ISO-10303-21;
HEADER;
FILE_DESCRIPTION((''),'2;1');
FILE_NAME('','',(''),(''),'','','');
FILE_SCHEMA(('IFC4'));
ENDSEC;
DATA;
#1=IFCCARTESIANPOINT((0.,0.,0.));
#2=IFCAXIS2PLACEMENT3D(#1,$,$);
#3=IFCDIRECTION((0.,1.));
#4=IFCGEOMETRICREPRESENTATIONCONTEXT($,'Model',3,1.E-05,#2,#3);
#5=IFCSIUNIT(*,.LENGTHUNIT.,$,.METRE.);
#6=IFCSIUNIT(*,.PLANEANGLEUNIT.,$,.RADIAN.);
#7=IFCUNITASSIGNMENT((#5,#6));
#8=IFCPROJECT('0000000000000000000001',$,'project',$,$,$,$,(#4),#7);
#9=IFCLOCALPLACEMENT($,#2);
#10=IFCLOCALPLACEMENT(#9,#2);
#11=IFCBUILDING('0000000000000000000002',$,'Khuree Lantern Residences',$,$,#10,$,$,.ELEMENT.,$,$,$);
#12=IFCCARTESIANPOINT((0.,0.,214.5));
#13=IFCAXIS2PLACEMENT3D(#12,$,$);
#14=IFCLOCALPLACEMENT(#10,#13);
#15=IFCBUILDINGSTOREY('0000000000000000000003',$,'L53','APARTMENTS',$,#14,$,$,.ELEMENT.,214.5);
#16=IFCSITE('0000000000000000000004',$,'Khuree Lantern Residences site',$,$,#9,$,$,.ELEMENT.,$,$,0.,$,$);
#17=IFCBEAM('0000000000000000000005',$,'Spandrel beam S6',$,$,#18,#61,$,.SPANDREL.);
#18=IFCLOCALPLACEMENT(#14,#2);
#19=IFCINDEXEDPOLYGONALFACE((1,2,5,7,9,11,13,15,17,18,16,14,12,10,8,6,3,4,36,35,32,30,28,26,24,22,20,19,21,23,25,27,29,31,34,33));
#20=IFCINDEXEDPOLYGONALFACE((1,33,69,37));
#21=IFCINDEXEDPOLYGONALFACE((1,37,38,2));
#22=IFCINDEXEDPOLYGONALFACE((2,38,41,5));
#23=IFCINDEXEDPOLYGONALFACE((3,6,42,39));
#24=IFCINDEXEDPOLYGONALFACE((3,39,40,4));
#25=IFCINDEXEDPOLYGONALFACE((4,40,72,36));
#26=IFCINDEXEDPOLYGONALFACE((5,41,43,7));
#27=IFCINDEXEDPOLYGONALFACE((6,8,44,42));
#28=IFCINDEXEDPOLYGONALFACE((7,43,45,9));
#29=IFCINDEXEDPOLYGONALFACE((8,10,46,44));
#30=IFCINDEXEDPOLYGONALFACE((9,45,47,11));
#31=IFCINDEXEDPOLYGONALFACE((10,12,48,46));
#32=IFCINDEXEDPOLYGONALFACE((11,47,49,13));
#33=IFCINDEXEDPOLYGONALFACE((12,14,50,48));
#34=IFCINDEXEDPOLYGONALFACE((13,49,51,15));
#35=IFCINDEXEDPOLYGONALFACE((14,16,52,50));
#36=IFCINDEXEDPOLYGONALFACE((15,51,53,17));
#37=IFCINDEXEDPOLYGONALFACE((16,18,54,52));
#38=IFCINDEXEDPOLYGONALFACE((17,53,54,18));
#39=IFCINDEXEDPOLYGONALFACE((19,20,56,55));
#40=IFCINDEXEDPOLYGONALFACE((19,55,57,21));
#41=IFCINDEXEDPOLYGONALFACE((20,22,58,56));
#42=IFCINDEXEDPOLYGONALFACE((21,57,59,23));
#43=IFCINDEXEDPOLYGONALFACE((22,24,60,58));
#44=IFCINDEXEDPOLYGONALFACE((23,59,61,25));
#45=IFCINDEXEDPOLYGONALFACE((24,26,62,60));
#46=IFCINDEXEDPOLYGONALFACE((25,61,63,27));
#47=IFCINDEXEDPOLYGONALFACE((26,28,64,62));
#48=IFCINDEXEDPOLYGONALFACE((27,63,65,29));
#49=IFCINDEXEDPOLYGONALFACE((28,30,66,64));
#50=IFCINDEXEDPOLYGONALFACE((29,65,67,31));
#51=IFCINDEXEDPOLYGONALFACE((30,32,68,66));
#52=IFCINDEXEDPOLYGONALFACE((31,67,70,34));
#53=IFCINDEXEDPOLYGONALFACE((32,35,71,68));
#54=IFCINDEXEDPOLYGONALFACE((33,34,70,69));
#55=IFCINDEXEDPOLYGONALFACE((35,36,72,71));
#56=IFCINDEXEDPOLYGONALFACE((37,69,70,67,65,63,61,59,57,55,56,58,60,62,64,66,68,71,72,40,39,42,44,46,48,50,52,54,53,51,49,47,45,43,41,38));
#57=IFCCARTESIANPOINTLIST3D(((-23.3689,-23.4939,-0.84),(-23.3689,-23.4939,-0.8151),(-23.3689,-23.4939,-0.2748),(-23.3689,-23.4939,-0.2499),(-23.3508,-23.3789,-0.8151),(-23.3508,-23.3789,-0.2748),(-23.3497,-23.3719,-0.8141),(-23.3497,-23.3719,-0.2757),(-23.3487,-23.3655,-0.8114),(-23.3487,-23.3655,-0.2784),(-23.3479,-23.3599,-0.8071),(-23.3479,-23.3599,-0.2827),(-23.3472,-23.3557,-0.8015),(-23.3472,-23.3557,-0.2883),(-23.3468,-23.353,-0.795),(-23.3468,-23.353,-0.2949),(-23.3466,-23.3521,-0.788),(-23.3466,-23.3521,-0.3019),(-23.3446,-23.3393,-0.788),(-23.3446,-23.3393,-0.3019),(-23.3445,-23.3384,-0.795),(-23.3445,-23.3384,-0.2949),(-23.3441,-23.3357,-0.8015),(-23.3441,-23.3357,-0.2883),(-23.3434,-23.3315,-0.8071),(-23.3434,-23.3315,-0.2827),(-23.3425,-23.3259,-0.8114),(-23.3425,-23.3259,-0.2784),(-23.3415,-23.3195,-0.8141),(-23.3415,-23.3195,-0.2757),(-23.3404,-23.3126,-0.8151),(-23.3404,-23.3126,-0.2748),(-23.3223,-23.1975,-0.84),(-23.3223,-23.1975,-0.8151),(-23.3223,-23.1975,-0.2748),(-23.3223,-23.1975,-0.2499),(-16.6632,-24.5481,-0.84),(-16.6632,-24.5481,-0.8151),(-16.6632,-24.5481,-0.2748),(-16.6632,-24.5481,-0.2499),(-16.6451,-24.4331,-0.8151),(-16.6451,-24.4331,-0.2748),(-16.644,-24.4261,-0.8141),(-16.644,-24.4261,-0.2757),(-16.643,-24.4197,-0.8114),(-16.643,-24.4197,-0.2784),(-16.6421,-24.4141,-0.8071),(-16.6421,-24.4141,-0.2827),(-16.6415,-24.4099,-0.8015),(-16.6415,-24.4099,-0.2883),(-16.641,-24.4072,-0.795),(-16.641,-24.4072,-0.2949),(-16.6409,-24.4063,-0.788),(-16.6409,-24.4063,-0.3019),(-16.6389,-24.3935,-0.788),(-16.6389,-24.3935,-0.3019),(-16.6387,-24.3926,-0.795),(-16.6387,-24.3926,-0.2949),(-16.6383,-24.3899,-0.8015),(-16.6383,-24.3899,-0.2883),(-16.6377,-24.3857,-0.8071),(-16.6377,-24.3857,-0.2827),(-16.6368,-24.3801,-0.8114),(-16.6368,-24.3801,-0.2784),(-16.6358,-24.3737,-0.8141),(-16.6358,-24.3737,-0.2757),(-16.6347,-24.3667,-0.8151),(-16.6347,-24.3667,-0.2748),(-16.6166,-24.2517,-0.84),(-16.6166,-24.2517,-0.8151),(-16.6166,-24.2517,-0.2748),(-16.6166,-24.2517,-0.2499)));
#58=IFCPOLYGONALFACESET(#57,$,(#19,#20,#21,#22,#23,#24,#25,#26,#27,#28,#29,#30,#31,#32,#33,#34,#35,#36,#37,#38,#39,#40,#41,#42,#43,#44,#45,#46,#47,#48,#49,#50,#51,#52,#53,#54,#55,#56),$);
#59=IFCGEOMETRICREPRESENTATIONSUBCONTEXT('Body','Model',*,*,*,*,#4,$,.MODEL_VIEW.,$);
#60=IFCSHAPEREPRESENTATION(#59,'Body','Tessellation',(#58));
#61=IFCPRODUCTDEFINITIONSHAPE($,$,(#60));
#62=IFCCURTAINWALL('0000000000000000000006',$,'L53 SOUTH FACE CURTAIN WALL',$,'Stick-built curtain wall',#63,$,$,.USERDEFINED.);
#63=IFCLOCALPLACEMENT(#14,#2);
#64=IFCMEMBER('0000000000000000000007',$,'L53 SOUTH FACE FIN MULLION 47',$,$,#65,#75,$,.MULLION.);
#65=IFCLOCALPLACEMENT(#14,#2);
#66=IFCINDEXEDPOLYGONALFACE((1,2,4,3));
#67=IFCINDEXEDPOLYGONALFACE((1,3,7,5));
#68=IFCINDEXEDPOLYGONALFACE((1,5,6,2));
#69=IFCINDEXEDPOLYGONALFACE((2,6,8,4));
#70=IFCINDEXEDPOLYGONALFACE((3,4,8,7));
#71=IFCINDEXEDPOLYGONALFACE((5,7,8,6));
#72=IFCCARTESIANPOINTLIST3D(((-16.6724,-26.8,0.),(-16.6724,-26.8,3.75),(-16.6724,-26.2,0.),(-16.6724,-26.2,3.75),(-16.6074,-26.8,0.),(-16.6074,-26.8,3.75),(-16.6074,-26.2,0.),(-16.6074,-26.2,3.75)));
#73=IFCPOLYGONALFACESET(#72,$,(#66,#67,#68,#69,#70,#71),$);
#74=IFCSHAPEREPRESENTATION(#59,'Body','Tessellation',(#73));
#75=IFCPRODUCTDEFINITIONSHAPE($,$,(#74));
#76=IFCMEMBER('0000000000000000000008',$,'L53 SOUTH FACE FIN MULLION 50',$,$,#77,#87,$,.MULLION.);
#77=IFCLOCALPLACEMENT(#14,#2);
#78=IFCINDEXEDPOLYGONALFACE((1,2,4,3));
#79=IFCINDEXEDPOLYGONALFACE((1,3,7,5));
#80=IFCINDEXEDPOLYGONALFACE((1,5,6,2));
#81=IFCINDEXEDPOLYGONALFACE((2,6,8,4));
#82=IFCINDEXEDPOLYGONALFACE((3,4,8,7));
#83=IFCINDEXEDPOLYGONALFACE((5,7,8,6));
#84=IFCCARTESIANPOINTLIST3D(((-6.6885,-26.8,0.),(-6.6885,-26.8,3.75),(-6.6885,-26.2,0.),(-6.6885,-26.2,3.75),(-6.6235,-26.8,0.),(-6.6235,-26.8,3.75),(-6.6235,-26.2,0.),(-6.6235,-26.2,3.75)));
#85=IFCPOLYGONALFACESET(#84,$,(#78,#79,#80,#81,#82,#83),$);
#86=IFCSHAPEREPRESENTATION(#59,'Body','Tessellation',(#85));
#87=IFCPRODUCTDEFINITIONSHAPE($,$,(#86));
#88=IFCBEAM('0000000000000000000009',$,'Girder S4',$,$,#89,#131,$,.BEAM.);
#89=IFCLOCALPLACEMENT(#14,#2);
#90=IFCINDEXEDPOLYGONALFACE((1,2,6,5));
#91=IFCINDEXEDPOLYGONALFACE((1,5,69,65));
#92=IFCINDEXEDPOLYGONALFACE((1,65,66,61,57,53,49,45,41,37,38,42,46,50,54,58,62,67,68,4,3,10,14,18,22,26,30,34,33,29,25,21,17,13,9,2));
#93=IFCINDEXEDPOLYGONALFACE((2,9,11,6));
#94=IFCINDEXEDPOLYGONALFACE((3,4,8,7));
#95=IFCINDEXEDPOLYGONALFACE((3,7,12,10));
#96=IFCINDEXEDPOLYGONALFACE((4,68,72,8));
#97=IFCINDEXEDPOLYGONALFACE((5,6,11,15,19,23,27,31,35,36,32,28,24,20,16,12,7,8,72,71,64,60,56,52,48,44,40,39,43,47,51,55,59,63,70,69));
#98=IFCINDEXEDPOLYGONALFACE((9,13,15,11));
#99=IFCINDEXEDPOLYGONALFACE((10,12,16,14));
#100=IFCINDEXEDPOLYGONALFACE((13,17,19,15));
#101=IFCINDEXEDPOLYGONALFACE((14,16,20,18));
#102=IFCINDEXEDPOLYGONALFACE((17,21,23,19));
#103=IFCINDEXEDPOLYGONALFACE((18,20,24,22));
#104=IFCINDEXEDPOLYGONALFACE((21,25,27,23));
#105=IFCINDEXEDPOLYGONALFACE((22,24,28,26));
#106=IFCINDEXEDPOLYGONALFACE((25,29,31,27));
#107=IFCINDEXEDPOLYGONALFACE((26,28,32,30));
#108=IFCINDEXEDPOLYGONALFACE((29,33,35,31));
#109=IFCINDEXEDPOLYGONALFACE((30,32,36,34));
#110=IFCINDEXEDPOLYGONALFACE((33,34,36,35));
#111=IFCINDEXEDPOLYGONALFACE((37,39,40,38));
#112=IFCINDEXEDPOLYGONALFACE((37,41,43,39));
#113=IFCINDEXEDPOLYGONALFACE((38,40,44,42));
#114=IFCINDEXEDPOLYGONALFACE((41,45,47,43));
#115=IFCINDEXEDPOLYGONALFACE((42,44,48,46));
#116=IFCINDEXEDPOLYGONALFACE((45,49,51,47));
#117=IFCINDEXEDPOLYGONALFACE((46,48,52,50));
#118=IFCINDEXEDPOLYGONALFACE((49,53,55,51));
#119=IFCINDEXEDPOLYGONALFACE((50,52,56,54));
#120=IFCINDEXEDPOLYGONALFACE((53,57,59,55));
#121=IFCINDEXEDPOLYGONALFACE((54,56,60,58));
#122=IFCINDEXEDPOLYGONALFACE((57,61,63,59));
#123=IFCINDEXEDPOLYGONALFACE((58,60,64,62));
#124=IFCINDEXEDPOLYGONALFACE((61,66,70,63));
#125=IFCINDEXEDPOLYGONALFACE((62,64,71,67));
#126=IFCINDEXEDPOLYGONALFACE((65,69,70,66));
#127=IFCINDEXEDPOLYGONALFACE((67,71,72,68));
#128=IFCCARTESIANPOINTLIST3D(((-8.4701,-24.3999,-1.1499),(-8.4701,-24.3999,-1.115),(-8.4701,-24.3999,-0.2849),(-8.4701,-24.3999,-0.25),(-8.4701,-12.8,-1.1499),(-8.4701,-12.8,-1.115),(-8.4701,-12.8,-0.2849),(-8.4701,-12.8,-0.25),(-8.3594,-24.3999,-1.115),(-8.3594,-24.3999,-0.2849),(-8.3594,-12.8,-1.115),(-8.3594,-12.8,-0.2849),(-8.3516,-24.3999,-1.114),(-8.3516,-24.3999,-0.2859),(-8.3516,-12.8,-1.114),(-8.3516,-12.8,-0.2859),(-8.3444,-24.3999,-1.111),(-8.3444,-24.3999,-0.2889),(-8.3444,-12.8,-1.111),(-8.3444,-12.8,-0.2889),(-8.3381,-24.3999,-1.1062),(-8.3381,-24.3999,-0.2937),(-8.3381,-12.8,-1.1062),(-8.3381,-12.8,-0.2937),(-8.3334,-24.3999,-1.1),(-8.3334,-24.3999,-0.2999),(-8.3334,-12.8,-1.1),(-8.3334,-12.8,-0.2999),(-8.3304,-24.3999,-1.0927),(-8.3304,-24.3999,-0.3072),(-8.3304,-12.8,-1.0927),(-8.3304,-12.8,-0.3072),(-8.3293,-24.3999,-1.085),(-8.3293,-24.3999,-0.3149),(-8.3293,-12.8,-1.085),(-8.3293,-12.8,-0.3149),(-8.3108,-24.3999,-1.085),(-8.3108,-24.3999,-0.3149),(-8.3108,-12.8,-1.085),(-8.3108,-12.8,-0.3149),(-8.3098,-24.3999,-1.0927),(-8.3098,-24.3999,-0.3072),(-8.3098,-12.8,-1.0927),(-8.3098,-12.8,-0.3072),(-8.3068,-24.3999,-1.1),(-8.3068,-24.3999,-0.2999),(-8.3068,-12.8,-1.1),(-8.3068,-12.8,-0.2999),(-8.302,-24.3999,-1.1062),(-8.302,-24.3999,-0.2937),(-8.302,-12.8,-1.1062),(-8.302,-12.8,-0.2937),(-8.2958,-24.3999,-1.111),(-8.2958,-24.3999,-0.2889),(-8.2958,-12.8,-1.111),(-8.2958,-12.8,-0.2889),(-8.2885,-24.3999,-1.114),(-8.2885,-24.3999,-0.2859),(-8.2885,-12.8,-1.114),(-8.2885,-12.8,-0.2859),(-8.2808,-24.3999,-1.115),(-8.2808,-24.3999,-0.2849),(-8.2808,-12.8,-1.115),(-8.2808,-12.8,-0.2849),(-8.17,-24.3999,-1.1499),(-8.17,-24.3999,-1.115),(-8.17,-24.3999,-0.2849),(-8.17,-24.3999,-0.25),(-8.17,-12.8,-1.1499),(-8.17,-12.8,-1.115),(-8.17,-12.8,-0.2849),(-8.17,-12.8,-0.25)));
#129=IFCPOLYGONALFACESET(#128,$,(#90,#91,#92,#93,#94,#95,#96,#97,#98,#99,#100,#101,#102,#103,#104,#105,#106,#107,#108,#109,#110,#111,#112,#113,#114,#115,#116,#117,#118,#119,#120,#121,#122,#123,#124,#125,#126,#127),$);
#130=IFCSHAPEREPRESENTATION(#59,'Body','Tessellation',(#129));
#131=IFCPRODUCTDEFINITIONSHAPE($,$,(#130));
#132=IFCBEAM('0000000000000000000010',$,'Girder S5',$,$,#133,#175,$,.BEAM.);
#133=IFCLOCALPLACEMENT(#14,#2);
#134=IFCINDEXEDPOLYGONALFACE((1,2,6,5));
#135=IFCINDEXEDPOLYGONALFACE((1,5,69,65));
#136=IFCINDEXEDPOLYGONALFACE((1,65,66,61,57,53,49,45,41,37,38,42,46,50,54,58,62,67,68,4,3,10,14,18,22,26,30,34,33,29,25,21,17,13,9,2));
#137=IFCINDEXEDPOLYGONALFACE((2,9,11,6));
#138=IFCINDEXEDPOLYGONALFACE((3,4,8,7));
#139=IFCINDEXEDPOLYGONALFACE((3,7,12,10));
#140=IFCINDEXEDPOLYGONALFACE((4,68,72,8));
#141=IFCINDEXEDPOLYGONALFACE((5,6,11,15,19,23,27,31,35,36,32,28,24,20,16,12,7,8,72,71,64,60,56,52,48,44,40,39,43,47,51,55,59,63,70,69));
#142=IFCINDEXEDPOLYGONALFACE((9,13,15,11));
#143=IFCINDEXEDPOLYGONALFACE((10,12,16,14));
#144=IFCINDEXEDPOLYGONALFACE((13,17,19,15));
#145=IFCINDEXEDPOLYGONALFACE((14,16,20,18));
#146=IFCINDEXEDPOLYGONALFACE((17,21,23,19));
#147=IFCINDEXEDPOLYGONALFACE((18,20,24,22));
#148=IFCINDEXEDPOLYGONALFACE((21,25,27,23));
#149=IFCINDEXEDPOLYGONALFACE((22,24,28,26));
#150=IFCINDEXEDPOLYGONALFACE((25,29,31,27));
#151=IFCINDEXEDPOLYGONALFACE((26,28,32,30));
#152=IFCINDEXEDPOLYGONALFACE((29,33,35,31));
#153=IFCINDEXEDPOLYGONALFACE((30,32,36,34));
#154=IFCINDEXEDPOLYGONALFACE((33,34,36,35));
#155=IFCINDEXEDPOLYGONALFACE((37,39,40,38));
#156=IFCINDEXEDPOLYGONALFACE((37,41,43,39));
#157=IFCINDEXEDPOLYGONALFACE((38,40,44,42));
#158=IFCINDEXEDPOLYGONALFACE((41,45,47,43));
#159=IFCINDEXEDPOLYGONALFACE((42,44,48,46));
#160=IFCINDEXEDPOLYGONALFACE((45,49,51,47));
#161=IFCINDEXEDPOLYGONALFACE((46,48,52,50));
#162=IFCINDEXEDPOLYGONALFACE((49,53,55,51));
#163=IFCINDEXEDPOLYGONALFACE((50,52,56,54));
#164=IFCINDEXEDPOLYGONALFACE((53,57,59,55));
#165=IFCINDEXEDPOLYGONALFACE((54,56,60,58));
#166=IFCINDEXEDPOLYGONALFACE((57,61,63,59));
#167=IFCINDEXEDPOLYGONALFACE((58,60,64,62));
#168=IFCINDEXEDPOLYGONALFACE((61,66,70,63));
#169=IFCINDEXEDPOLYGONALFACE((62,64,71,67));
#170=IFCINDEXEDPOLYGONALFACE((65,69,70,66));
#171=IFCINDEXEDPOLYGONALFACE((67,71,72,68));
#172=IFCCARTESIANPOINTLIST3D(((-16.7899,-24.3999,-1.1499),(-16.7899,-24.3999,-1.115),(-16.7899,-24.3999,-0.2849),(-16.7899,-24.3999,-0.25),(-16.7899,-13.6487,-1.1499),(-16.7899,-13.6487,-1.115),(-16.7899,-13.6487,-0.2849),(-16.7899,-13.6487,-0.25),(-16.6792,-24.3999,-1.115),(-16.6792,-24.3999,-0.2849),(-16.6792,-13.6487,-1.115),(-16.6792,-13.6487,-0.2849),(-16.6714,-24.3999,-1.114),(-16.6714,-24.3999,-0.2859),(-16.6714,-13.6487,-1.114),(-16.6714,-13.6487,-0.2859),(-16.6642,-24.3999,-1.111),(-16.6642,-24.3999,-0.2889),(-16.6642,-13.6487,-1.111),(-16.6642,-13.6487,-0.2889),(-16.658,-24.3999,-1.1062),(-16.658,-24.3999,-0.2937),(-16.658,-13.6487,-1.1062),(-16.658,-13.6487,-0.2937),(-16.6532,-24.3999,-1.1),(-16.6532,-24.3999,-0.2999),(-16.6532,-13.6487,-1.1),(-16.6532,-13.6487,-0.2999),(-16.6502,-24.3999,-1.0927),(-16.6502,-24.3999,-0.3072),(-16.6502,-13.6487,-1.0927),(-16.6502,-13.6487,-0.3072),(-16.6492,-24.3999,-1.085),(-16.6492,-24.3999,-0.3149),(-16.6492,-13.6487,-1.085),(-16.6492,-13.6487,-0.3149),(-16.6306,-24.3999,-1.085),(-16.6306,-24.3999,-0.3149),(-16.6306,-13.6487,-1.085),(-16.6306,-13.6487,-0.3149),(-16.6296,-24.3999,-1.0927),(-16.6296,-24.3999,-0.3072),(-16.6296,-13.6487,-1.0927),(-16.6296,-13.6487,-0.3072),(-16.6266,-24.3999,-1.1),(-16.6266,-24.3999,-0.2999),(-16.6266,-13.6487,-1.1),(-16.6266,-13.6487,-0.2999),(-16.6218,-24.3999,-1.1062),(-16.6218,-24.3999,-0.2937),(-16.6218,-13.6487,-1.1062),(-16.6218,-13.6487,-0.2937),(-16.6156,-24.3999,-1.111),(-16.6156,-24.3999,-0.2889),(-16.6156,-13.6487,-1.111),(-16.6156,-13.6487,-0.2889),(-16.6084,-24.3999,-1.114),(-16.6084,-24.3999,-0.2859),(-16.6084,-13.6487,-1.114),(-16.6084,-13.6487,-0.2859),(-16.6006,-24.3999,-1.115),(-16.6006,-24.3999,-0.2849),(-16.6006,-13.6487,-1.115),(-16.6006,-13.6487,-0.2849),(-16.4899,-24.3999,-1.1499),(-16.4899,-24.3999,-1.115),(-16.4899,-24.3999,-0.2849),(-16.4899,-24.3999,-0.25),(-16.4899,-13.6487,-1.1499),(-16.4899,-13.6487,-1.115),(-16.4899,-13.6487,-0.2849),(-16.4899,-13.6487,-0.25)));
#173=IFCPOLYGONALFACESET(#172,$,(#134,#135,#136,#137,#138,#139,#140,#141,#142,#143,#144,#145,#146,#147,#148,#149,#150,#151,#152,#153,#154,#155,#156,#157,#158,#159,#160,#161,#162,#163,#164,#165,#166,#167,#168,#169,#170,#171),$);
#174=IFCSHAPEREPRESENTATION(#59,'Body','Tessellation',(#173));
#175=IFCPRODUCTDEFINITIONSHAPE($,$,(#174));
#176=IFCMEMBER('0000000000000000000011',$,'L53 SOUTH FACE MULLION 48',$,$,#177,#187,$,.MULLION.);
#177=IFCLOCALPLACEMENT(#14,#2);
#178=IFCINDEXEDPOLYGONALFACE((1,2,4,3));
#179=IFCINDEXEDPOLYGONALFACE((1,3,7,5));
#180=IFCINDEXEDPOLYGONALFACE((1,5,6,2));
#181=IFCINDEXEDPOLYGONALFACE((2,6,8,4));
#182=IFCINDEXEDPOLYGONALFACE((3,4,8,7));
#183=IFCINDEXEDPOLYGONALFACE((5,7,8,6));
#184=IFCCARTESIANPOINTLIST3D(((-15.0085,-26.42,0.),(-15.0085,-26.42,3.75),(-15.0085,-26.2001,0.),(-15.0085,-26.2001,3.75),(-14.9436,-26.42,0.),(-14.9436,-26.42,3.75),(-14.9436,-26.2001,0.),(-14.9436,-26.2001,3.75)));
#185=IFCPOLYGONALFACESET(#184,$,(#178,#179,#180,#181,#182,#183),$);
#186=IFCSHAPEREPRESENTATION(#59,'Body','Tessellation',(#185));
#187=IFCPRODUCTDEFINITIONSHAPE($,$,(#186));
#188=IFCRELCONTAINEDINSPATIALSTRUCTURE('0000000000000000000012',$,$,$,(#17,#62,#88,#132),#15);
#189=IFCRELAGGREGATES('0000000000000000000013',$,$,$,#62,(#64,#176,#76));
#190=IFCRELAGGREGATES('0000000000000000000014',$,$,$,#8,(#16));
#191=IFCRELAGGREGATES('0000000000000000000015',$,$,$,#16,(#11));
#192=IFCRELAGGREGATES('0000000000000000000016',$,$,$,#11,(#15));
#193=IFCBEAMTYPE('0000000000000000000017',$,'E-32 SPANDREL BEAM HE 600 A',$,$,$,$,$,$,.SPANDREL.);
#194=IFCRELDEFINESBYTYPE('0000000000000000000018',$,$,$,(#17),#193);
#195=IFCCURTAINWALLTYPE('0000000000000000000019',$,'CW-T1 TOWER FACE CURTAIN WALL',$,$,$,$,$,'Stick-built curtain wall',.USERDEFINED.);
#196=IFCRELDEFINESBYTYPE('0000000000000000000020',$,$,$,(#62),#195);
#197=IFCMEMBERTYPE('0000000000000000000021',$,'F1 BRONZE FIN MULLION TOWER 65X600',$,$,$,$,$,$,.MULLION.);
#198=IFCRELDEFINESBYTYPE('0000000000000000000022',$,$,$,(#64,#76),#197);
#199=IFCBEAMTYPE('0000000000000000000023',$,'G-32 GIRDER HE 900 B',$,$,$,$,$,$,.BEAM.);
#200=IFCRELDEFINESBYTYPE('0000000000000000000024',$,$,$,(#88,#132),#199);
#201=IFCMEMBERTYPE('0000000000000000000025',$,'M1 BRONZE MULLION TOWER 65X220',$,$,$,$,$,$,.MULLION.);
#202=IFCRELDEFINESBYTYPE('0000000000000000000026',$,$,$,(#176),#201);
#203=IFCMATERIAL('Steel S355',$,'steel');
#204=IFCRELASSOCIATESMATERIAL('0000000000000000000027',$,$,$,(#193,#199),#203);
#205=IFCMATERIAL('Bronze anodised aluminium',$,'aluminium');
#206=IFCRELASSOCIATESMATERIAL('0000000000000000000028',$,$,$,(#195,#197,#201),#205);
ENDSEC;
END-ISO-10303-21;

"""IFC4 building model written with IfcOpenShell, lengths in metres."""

from ifc_helpers import new_model, si_unit, direction, frame, origin, origin_2d, place, context, subcontext, project, spatial, rectangle, i_section, extrude, material, material_profile, profile_set, type_object, element, aggregate, save


model = new_model("IFC4")

# Units and contexts
model_context = context("Model", 3, precision=1e-05, world=origin(), true_north=direction((0.0, 1.0)))
body_context = subcontext(model_context, "Body", "Model", "MODEL_VIEW")
ifc_project = project(units=[si_unit("LENGTHUNIT", "METRE"), si_unit("PLANEANGLEUNIT", "RADIAN")], contexts=[model_context])

# Site, building, storey
site_placement = place(None, origin())
site = spatial("IfcSite", under=ifc_project, at=site_placement, Name="Khuree Lantern Residences site", CompositionType="ELEMENT", RefElevation=0.0)
building_placement = place(site_placement, origin())
building = spatial("IfcBuilding", under=site, at=building_placement, Name="Khuree Lantern Residences", CompositionType="ELEMENT")
storey_placement = place(building_placement, frame((0.0, 0.0, 214.5)))
storey = spatial("IfcBuildingStorey", under=building, at=storey_placement, Name="L53", Description="APARTMENTS", CompositionType="ELEMENT", Elevation=214.5)

# Beam
ifc_material_1 = material(Name="Steel S355", Category="steel")
ifc_material_profile_1 = material_profile(ifc_material_1, i_section(OverallWidth=0.3, OverallDepth=0.5901, WebThickness=0.0129, FlangeThickness=0.0249, FilletRadius=0.0271, at=origin_2d()), Name="HE 600 A")
ifc_profile_set_1 = profile_set([ifc_material_profile_1], Name="Steel S355")
beam_type_1 = type_object("IfcBeamType", Name="E-32 SPANDREL BEAM HE 600 A", PredefinedType="SPANDREL", material=ifc_profile_set_1)
beam_1_placement = place(storey_placement, frame((-16.6399, -24.3999, -0.5449), z_axis=(-0.987867, 0.1553, 0.0), x_axis=(-0.1553, -0.987867, 0.0)))
element("IfcBeam", 1, at=beam_1_placement, inside=storey, type_object=beam_type_1, Name="Spandrel beam S6", PredefinedType="SPANDREL", context=body_context, shape_type="SweptSolid", body=[
    extrude(i_section(OverallWidth=0.3, OverallDepth=0.5901, WebThickness=0.0129, FlangeThickness=0.0249, FilletRadius=0.0271, at=origin_2d()), origin(), (0.0, 0.0, 1.0), 6.7881),
])

# Curtain wall, members
ifc_material_2 = material(Name="Bronze anodised aluminium", Category="aluminium")
curtain_wall_type = type_object("IfcCurtainWallType", Name="CW-T1 TOWER FACE CURTAIN WALL", ElementType="Stick-built curtain wall", PredefinedType="USERDEFINED", material=ifc_material_2)
curtain_wall_placement = place(storey_placement, origin())
curtain_wall = element("IfcCurtainWall", 2, at=curtain_wall_placement, inside=storey, type_object=curtain_wall_type, Name="L53 SOUTH FACE CURTAIN WALL", ObjectType="Stick-built curtain wall", PredefinedType="USERDEFINED")
ifc_material_profile_2 = material_profile(ifc_material_2, rectangle(XDim=0.0649, YDim=0.6001, at=origin_2d()), Name="F1 65X600")
ifc_profile_set_2 = profile_set([ifc_material_profile_2], Name="Bronze anodised aluminium")
member_type_1 = type_object("IfcMemberType", Name="F1 BRONZE FIN MULLION TOWER 65X600", PredefinedType="MULLION", material=ifc_profile_set_2)
member_1_placement = place(storey_placement, frame((-16.6399, -26.5, 0.0), z_axis=(0.0, 0.0, 1.0), x_axis=(1.0, 0.0, 0.0)))
member_1 = element("IfcMember", 3, at=member_1_placement, type_object=member_type_1, Name="L53 SOUTH FACE FIN MULLION 47", PredefinedType="MULLION", context=body_context, shape_type="SweptSolid", body=[
    extrude(rectangle(XDim=0.0649, YDim=0.6001, at=origin_2d()), origin(), (0.0, 0.0, 1.0), 3.75),
])
member_2_placement = place(storey_placement, frame((-6.656, -26.5, 0.0), z_axis=(0.0, 0.0, 1.0), x_axis=(1.0, 0.0, 0.0)))
member_2 = element("IfcMember", 4, at=member_2_placement, type_object=member_type_1, Name="L53 SOUTH FACE FIN MULLION 50", PredefinedType="MULLION", context=body_context, shape_type="SweptSolid", body=[
    extrude(rectangle(XDim=0.0649, YDim=0.6001, at=origin_2d()), origin(), (0.0, 0.0, 1.0), 3.75),
])

# Beams
ifc_material_profile_3 = material_profile(ifc_material_1, i_section(OverallWidth=0.3, OverallDepth=0.8999, WebThickness=0.0186, FlangeThickness=0.0349, FilletRadius=0.03, at=origin_2d()), Name="HE 900 B")
ifc_profile_set_3 = profile_set([ifc_material_profile_3], Name="Steel S355")
beam_type_2 = type_object("IfcBeamType", Name="G-32 GIRDER HE 900 B", PredefinedType="BEAM", material=ifc_profile_set_3)
beam_2_placement = place(storey_placement, frame((-8.3201, -24.3999, -0.7), z_axis=(0.0, 1.0, 0.0), x_axis=(-1.0, 0.0, 0.0)))
element("IfcBeam", 5, at=beam_2_placement, inside=storey, type_object=beam_type_2, Name="Girder S4", PredefinedType="BEAM", context=body_context, shape_type="SweptSolid", body=[
    extrude(i_section(OverallWidth=0.3, OverallDepth=0.8999, WebThickness=0.0186, FlangeThickness=0.0349, FilletRadius=0.03, at=origin_2d()), origin(), (0.0, 0.0, 1.0), 11.5999),
])
beam_3_placement = place(storey_placement, frame((-16.6399, -24.3999, -0.7), z_axis=(0.0, 1.0, 0.0), x_axis=(-1.0, 0.0, 0.0)))
element("IfcBeam", 6, at=beam_3_placement, inside=storey, type_object=beam_type_2, Name="Girder S5", PredefinedType="BEAM", context=body_context, shape_type="SweptSolid", body=[
    extrude(i_section(OverallWidth=0.3, OverallDepth=0.8999, WebThickness=0.0186, FlangeThickness=0.0349, FilletRadius=0.03, at=origin_2d()), origin(), (0.0, 0.0, 1.0), 10.7512),
])

# Member
ifc_material_profile_4 = material_profile(ifc_material_2, rectangle(XDim=0.0649, YDim=0.22, at=origin_2d()), Name="M1 65X220")
ifc_profile_set_4 = profile_set([ifc_material_profile_4], Name="Bronze anodised aluminium")
member_type_2 = type_object("IfcMemberType", Name="M1 BRONZE MULLION TOWER 65X220", PredefinedType="MULLION", material=ifc_profile_set_4)
member_3_placement = place(storey_placement, frame((-14.9761, -26.3101, 0.0), z_axis=(0.0, 0.0, 1.0), x_axis=(1.0, 0.0, 0.0)))
member_3 = element("IfcMember", 7, at=member_3_placement, type_object=member_type_2, Name="L53 SOUTH FACE MULLION 48", PredefinedType="MULLION", context=body_context, shape_type="SweptSolid", body=[
    extrude(rectangle(XDim=0.0649, YDim=0.22, at=origin_2d()), origin(), (0.0, 0.0, 1.0), 3.75),
])

aggregate(curtain_wall, [member_1, member_3, member_2])

save(model, "model.ifc")
